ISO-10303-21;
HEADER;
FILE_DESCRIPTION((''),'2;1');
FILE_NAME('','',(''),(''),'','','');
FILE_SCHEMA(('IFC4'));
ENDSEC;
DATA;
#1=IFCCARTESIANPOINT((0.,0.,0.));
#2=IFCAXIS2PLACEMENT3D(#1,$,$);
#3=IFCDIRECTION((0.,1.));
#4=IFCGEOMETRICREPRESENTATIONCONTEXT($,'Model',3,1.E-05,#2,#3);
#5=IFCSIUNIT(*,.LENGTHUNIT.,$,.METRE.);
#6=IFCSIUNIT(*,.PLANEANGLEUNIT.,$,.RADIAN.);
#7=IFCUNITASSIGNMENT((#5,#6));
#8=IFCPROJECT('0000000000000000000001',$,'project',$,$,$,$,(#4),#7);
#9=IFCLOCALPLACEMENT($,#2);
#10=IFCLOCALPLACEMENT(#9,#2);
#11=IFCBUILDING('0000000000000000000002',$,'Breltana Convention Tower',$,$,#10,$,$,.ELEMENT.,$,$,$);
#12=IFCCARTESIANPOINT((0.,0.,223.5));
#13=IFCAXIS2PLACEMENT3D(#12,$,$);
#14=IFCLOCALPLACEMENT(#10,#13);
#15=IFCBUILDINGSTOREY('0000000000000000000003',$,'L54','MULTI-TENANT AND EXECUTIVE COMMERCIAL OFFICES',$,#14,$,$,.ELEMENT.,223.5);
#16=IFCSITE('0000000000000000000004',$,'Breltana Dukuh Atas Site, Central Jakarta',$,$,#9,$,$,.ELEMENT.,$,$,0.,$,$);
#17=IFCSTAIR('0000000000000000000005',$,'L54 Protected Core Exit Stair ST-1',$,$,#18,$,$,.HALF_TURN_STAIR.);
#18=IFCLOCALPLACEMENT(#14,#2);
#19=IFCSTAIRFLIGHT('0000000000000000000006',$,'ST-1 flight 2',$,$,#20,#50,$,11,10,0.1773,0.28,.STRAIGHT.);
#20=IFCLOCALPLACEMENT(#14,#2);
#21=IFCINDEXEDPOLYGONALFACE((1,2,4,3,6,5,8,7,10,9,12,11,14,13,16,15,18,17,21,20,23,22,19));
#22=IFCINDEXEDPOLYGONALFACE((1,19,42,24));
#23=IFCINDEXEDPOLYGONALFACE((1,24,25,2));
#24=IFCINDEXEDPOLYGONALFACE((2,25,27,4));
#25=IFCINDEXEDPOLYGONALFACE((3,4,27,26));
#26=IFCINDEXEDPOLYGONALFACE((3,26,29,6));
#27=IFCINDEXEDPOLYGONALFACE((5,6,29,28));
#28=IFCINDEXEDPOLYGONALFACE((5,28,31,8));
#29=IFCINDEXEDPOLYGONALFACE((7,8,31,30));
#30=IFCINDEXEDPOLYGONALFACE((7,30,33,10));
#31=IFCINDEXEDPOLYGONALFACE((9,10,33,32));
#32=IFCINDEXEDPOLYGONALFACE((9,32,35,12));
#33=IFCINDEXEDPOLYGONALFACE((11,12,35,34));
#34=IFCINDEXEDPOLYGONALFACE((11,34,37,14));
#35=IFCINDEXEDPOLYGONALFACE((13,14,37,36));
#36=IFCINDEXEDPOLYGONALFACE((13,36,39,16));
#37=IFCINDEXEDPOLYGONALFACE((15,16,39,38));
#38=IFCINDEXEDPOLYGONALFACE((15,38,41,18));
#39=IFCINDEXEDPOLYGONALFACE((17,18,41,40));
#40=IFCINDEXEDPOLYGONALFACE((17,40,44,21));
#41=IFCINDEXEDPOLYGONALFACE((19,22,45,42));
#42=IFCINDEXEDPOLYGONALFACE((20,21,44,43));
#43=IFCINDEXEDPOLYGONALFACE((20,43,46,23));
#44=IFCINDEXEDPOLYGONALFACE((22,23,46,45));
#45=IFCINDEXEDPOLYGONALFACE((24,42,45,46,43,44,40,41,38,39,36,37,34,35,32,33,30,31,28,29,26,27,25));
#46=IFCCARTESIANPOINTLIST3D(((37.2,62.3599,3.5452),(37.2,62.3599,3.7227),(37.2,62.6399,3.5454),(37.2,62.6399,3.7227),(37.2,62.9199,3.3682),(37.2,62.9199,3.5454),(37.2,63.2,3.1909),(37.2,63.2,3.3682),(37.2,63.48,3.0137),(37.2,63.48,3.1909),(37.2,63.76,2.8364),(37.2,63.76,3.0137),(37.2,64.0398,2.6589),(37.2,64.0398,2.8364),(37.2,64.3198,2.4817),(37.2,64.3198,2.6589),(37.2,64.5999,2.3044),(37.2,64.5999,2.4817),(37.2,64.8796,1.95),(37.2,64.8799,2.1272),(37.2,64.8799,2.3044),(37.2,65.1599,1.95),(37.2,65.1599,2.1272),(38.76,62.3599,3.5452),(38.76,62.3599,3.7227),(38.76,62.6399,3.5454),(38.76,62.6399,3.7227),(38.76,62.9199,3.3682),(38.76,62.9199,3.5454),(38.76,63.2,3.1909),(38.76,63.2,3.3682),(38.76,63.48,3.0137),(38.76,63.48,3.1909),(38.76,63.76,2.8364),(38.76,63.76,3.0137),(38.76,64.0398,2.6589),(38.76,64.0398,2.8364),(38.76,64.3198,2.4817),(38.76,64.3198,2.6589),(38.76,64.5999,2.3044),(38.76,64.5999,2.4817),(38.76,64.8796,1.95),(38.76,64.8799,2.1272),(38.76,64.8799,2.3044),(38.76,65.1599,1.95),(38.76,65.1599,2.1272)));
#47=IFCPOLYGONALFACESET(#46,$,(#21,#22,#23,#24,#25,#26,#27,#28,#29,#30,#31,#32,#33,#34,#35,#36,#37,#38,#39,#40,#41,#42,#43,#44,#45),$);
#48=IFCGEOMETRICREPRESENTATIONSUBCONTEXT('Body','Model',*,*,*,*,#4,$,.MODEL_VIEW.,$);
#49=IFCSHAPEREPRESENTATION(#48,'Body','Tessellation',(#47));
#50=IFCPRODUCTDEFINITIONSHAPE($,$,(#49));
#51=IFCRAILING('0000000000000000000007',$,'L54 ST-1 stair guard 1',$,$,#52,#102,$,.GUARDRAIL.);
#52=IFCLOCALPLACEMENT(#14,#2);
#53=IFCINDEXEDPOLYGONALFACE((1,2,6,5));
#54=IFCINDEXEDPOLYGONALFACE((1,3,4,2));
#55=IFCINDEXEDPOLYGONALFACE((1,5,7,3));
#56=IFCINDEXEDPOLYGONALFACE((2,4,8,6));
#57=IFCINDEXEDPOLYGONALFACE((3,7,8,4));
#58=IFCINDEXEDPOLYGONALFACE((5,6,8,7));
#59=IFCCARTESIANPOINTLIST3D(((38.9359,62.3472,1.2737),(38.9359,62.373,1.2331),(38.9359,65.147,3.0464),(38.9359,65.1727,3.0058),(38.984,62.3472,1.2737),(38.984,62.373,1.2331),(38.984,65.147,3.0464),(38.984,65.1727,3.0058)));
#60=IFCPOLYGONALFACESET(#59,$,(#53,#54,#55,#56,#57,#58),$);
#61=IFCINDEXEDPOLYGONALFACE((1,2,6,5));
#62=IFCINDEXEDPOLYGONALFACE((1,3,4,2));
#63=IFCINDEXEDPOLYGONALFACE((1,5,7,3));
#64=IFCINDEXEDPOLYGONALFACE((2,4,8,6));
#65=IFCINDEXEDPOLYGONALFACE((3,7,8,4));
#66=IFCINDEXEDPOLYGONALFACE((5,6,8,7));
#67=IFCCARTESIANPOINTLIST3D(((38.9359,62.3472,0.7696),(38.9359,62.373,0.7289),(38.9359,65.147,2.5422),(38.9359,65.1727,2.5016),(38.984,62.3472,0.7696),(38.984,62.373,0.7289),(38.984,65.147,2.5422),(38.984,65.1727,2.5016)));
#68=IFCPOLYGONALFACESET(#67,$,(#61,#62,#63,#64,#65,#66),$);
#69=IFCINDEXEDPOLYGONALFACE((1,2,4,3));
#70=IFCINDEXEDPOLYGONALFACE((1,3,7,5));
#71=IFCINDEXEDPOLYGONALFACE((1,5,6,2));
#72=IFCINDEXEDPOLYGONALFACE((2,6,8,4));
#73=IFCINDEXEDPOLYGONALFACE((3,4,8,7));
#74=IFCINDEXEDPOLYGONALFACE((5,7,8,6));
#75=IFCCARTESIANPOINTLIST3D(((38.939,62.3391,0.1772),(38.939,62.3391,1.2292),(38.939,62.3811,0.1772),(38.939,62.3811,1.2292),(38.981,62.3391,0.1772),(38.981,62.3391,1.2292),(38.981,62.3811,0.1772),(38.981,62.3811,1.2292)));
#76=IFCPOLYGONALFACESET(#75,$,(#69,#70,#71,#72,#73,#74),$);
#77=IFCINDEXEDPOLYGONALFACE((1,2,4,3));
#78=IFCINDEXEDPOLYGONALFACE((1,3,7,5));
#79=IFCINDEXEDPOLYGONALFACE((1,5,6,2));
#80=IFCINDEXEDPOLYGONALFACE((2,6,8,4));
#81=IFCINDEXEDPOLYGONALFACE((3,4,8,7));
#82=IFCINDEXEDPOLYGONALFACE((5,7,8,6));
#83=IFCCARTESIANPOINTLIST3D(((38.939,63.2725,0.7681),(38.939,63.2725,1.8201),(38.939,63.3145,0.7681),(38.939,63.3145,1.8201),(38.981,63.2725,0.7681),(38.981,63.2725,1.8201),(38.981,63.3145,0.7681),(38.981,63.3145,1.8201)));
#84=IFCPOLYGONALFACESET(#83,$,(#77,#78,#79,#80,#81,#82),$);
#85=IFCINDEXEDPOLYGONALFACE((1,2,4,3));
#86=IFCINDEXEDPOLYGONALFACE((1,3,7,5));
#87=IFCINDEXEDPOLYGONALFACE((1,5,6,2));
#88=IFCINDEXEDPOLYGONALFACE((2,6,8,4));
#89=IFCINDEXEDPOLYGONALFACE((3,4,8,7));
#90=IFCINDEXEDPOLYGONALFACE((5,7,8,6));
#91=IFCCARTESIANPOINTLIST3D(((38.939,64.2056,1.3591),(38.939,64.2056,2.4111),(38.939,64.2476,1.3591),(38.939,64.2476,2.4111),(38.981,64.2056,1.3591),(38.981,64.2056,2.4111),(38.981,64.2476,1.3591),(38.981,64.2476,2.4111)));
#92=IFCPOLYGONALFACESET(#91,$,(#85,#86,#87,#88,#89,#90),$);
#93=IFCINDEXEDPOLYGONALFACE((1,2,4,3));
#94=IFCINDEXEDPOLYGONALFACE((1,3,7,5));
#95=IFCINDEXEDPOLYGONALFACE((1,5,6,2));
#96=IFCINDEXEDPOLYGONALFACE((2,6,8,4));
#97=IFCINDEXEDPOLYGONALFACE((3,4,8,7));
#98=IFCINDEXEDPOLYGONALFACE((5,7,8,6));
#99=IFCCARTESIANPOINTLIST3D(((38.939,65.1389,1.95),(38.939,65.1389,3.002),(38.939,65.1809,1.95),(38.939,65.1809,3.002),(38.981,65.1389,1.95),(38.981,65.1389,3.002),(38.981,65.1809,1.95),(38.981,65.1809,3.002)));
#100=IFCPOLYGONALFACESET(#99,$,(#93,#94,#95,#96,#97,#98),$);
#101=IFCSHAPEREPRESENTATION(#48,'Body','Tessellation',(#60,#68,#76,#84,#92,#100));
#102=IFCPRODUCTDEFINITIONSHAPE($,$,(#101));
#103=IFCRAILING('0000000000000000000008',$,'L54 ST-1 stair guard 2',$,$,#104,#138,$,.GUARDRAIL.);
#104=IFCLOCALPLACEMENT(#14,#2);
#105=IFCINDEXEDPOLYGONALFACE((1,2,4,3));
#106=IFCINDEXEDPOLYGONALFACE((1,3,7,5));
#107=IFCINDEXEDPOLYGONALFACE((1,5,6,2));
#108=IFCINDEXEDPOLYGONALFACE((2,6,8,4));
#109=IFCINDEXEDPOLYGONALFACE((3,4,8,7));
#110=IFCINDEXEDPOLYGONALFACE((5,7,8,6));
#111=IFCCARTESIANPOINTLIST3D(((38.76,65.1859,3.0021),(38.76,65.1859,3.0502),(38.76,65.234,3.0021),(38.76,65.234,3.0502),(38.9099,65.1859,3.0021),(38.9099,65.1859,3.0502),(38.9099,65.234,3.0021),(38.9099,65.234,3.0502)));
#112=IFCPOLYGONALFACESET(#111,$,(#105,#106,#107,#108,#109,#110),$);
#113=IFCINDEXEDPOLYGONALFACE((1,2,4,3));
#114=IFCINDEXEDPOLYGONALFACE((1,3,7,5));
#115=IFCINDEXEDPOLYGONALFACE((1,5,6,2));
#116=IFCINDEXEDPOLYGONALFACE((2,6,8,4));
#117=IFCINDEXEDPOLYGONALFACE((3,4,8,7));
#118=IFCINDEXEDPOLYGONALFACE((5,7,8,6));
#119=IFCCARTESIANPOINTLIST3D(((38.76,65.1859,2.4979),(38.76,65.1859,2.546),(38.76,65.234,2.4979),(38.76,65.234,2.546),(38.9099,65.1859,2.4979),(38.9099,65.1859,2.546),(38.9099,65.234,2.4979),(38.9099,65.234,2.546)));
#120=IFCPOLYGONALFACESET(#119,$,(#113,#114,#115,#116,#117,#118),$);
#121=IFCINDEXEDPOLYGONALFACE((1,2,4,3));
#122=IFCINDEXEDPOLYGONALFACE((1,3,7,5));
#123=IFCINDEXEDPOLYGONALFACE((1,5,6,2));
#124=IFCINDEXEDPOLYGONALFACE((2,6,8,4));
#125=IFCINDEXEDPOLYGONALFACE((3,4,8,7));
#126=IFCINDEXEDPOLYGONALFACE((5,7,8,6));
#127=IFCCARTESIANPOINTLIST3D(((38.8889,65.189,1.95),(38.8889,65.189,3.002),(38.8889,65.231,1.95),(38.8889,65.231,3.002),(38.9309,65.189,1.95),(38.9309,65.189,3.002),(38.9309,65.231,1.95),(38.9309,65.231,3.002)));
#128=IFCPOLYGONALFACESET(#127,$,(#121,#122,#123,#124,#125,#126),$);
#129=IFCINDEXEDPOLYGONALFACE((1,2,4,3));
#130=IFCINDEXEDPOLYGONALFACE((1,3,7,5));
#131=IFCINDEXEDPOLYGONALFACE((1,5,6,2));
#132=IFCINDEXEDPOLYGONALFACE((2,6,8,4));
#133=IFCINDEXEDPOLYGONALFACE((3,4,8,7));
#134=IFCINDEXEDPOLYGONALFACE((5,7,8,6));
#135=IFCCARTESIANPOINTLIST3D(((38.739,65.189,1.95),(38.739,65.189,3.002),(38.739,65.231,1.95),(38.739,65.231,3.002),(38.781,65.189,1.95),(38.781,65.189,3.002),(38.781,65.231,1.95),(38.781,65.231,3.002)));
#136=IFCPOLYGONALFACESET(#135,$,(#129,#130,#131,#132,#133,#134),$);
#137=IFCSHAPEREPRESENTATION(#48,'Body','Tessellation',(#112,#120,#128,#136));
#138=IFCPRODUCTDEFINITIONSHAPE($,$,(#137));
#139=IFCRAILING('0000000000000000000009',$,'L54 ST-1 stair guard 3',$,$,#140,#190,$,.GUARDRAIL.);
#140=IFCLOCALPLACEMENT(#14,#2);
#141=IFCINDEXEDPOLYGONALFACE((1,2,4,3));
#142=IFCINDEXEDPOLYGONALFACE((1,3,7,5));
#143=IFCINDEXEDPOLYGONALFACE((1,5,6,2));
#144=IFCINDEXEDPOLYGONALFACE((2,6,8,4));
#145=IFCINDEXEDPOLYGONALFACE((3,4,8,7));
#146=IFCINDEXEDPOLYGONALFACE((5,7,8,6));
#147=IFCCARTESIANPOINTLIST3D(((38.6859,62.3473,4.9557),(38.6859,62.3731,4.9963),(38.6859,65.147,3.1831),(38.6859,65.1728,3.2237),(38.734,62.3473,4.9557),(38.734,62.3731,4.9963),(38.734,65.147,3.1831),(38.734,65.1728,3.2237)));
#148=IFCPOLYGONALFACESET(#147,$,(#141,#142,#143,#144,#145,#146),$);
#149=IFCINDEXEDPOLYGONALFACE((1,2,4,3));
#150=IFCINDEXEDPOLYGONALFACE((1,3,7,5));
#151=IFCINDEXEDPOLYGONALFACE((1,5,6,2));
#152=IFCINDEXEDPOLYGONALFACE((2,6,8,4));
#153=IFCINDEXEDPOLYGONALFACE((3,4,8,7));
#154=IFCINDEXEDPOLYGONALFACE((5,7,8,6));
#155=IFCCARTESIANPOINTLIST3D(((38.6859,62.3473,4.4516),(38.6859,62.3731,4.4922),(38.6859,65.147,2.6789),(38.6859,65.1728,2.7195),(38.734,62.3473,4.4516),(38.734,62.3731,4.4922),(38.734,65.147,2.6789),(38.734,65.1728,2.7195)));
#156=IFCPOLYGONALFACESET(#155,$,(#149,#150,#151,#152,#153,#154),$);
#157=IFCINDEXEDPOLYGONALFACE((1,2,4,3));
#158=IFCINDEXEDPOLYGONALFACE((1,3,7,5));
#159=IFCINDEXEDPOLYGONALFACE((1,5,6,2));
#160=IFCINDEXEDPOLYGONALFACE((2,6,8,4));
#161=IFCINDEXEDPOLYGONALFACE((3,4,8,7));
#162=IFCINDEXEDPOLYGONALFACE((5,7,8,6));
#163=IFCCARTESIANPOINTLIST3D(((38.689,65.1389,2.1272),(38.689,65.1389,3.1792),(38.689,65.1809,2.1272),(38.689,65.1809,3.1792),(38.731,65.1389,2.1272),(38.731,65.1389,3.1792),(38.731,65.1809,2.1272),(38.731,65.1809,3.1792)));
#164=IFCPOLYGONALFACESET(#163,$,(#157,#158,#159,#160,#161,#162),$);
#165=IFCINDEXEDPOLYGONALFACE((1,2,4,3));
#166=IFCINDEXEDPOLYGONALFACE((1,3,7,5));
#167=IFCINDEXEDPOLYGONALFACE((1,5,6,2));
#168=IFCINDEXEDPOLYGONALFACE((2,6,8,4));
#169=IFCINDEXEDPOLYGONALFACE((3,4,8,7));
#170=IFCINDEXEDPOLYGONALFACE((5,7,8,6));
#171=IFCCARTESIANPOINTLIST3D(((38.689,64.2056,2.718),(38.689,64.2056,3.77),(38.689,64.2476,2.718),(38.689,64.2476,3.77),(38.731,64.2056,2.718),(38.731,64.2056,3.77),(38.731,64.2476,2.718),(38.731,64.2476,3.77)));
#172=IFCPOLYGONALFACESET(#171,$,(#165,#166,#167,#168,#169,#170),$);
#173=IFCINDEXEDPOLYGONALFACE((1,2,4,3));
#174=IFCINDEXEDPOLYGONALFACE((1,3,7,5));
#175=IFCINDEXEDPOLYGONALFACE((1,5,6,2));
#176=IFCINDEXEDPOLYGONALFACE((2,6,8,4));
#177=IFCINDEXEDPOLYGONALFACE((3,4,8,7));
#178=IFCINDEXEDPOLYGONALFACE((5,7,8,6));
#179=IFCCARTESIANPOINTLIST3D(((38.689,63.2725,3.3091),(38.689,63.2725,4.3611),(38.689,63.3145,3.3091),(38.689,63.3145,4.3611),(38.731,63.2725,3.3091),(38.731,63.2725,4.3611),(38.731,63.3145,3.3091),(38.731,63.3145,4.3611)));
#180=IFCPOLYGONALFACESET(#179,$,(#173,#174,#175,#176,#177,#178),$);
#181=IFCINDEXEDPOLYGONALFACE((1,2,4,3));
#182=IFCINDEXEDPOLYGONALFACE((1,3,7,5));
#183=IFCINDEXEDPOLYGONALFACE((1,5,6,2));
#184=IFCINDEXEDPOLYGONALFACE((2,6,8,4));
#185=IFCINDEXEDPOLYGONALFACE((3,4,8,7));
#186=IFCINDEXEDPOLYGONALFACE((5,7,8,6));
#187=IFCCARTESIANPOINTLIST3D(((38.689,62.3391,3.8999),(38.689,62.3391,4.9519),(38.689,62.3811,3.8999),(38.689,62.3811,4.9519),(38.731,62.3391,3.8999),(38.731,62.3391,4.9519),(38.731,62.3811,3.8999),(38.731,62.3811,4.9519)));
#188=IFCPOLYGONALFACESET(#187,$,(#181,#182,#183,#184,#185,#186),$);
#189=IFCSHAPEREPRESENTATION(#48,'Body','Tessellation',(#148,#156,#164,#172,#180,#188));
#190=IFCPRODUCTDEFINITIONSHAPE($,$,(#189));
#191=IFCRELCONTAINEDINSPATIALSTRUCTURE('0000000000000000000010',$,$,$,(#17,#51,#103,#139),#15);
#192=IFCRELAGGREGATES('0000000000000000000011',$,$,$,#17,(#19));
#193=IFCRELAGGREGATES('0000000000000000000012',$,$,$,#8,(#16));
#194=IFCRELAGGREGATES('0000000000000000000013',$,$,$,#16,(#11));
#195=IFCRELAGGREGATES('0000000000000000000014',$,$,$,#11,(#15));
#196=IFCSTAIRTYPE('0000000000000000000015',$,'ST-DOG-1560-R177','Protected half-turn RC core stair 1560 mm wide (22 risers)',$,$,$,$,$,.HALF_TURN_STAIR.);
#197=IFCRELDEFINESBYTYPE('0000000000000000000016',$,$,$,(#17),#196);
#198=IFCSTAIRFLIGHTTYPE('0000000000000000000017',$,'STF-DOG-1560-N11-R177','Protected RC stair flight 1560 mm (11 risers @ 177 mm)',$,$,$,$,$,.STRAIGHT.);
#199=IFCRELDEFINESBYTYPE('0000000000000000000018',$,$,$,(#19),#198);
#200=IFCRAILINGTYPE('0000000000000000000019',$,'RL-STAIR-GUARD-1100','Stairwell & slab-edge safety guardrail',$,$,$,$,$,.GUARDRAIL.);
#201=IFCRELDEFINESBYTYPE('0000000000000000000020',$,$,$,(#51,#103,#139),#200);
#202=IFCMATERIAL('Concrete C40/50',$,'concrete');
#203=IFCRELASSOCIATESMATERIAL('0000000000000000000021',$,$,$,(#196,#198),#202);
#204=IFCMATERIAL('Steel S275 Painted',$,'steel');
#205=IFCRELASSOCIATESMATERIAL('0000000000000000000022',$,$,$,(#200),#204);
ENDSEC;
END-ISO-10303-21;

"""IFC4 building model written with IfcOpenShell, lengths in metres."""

from ifc_helpers import new_model, si_unit, direction, frame, origin, origin_2d, place, context, subcontext, project, spatial, polyline, rectangle, outline, extrude, material, type_object, element, aggregate, save


model = new_model("IFC4")

# Units and contexts
model_context = context("Model", 3, precision=1e-05, world=origin(), true_north=direction((0.0, 1.0)))
body_context = subcontext(model_context, "Body", "Model", "MODEL_VIEW")
ifc_project = project(units=[si_unit("LENGTHUNIT", "METRE"), si_unit("PLANEANGLEUNIT", "RADIAN")], contexts=[model_context])

# Site, building, storey
site_placement = place(None, origin())
site = spatial("IfcSite", under=ifc_project, at=site_placement, Name="Breltana Dukuh Atas Site, Central Jakarta", CompositionType="ELEMENT", RefElevation=0.0)
building_placement = place(site_placement, origin())
building = spatial("IfcBuilding", under=site, at=building_placement, Name="Breltana Convention Tower", CompositionType="ELEMENT")
storey_placement = place(building_placement, frame((0.0, 0.0, 223.5)))
storey = spatial("IfcBuildingStorey", under=building, at=storey_placement, Name="L54", Description="MULTI-TENANT AND EXECUTIVE COMMERCIAL OFFICES", CompositionType="ELEMENT", Elevation=223.5)

# Stair, stair flight
ifc_material_1 = material(Name="Concrete C40/50", Category="concrete")
stair_type = type_object("IfcStairType", Name="ST-DOG-1560-R177", Description="Protected half-turn RC core stair 1560 mm wide (22 risers)", PredefinedType="HALF_TURN_STAIR", material=ifc_material_1)
stair_placement = place(storey_placement, origin())
stair = element("IfcStair", 1, at=stair_placement, inside=storey, type_object=stair_type, Name="L54 Protected Core Exit Stair ST-1", PredefinedType="HALF_TURN_STAIR")
stair_flight_type = type_object("IfcStairFlightType", Name="STF-DOG-1560-N11-R177", Description="Protected RC stair flight 1560 mm (11 risers @ 177 mm)", PredefinedType="STRAIGHT", material=ifc_material_1)
stair_flight_1_placement = place(storey_placement, frame((37.98, 65.1599, 1.95), z_axis=(0.0, 0.0, 1.0), x_axis=(0.0, -1.0, 0.0)))
stair_flight_1 = element("IfcStairFlight", 2, at=stair_flight_1_placement, type_object=stair_flight_type, Name="ST-1 flight 2", NumberOfRisers=11, NumberOfTreads=10, PredefinedType="STRAIGHT", RiserHeight=0.1773, TreadLength=0.28, context=body_context, shape_type="SweptSolid", body=[
    extrude(outline(polyline([(0.0, 0.0), (0.0, 0.1772), (0.28, 0.1772), (0.28, 0.3545), (0.5601, 0.3545), (0.5601, 0.5317), (0.8401, 0.5317), (0.8401, 0.709), (1.1201, 0.709), (1.1201, 0.8865), (1.3999, 0.8865), (1.3999, 1.0637), (1.6799, 1.0637), (1.6799, 1.241), (1.96, 1.241), (1.96, 1.4182), (2.24, 1.4182), (2.24, 1.5955), (2.52, 1.5955), (2.52, 1.7727), (2.8, 1.7727), (2.8, 1.95), (2.8, 1.5952), (0.2803, 0.0), (0.0, 0.0)])), frame((0.0, 0.78, 0.0), z_axis=(0.0, -1.0, 0.0), x_axis=(1.0, 0.0, 0.0)), (0.0, 0.0, 1.0), 1.5601),
])
aggregate(stair, [stair_flight_1])

# Railings
ifc_material_2 = material(Name="Steel S275 Painted", Category="steel")
railing_type_1 = type_object("IfcRailingType", Name="RL-STAIR-GUARD-1100", Description="Stairwell & slab-edge safety guardrail", PredefinedType="GUARDRAIL", material=ifc_material_2)
railing_1_placement = place(storey_placement, frame((38.96, 62.3601, 0.1772)))
element("IfcRailing", 3, at=railing_1_placement, inside=storey, type_object=railing_type_1, Name="L54 ST-1 stair guard 1", PredefinedType="GUARDRAIL", context=body_context, shape_type="SweptSolid", body=[
    extrude(rectangle(XDim=0.0481, YDim=0.0481, at=origin_2d()), frame((0.0, 0.0, 1.0762), z_axis=(0.0, 0.844888, 0.534943), x_axis=(-1.0, 0.0, 0.0)), (0.0, 0.0, 1.0), 3.3137),
    extrude(rectangle(XDim=0.0481, YDim=0.0481, at=origin_2d()), frame((0.0, 0.0, 0.572), z_axis=(0.0, 0.844888, 0.534943), x_axis=(-1.0, 0.0, 0.0)), (0.0, 0.0, 1.0), 3.3137),
    extrude(rectangle(XDim=0.042, YDim=0.042, at=origin_2d()), origin(), (0.0, 0.0, 1.0), 1.052),
    extrude(rectangle(XDim=0.042, YDim=0.042, at=origin_2d()), frame((0.0, 0.9333, 0.5908)), (0.0, 0.0, 1.0), 1.052),
    extrude(rectangle(XDim=0.042, YDim=0.042, at=origin_2d()), frame((0.0, 1.8665, 1.1819)), (0.0, 0.0, 1.0), 1.052),
    extrude(rectangle(XDim=0.042, YDim=0.042, at=origin_2d()), frame((0.0, 2.7998, 1.7727)), (0.0, 0.0, 1.0), 1.052),
])
railing_2_placement = place(storey_placement, frame((38.9099, 65.21, 1.95)))
element("IfcRailing", 4, at=railing_2_placement, inside=storey, type_object=railing_type_1, Name="L54 ST-1 stair guard 2", PredefinedType="GUARDRAIL", context=body_context, shape_type="SweptSolid", body=[
    extrude(rectangle(XDim=0.0481, YDim=0.0481, at=origin_2d()), frame((0.0, 0.0, 1.0762), z_axis=(-1.0, 0.0, 0.0), x_axis=(0.0, -1.0, 0.0)), (0.0, 0.0, 1.0), 0.1499),
    extrude(rectangle(XDim=0.0481, YDim=0.0481, at=origin_2d()), frame((0.0, 0.0, 0.572), z_axis=(-1.0, 0.0, 0.0), x_axis=(0.0, -1.0, 0.0)), (0.0, 0.0, 1.0), 0.1499),
    extrude(rectangle(XDim=0.042, YDim=0.042, at=origin_2d()), origin(), (0.0, 0.0, 1.0), 1.052),
    extrude(rectangle(XDim=0.042, YDim=0.042, at=origin_2d()), frame((-0.1499, 0.0, 0.0)), (0.0, 0.0, 1.0), 1.052),
])
railing_3_placement = place(storey_placement, frame((38.71, 65.1599, 2.1272)))
element("IfcRailing", 5, at=railing_3_placement, inside=storey, type_object=railing_type_1, Name="L54 ST-1 stair guard 3", PredefinedType="GUARDRAIL", context=body_context, shape_type="SweptSolid", body=[
    extrude(rectangle(XDim=0.0481, YDim=0.0481, at=origin_2d()), frame((0.0, 0.0, 1.0762), z_axis=(0.0, -0.844888, 0.534943), x_axis=(1.0, 0.0, 0.0)), (0.0, 0.0, 1.0), 3.3137),
    extrude(rectangle(XDim=0.0481, YDim=0.0481, at=origin_2d()), frame((0.0, 0.0, 0.572), z_axis=(0.0, -0.844888, 0.534943), x_axis=(1.0, 0.0, 0.0)), (0.0, 0.0, 1.0), 3.3137),
    extrude(rectangle(XDim=0.042, YDim=0.042, at=origin_2d()), origin(), (0.0, 0.0, 1.0), 1.052),
    extrude(rectangle(XDim=0.042, YDim=0.042, at=origin_2d()), frame((0.0, -0.9333, 0.5908)), (0.0, 0.0, 1.0), 1.052),
    extrude(rectangle(XDim=0.042, YDim=0.042, at=origin_2d()), frame((0.0, -1.8665, 1.1819)), (0.0, 0.0, 1.0), 1.052),
    extrude(rectangle(XDim=0.042, YDim=0.042, at=origin_2d()), frame((0.0, -2.7998, 1.7727)), (0.0, 0.0, 1.0), 1.052),
])

save(model, "model.ifc")
